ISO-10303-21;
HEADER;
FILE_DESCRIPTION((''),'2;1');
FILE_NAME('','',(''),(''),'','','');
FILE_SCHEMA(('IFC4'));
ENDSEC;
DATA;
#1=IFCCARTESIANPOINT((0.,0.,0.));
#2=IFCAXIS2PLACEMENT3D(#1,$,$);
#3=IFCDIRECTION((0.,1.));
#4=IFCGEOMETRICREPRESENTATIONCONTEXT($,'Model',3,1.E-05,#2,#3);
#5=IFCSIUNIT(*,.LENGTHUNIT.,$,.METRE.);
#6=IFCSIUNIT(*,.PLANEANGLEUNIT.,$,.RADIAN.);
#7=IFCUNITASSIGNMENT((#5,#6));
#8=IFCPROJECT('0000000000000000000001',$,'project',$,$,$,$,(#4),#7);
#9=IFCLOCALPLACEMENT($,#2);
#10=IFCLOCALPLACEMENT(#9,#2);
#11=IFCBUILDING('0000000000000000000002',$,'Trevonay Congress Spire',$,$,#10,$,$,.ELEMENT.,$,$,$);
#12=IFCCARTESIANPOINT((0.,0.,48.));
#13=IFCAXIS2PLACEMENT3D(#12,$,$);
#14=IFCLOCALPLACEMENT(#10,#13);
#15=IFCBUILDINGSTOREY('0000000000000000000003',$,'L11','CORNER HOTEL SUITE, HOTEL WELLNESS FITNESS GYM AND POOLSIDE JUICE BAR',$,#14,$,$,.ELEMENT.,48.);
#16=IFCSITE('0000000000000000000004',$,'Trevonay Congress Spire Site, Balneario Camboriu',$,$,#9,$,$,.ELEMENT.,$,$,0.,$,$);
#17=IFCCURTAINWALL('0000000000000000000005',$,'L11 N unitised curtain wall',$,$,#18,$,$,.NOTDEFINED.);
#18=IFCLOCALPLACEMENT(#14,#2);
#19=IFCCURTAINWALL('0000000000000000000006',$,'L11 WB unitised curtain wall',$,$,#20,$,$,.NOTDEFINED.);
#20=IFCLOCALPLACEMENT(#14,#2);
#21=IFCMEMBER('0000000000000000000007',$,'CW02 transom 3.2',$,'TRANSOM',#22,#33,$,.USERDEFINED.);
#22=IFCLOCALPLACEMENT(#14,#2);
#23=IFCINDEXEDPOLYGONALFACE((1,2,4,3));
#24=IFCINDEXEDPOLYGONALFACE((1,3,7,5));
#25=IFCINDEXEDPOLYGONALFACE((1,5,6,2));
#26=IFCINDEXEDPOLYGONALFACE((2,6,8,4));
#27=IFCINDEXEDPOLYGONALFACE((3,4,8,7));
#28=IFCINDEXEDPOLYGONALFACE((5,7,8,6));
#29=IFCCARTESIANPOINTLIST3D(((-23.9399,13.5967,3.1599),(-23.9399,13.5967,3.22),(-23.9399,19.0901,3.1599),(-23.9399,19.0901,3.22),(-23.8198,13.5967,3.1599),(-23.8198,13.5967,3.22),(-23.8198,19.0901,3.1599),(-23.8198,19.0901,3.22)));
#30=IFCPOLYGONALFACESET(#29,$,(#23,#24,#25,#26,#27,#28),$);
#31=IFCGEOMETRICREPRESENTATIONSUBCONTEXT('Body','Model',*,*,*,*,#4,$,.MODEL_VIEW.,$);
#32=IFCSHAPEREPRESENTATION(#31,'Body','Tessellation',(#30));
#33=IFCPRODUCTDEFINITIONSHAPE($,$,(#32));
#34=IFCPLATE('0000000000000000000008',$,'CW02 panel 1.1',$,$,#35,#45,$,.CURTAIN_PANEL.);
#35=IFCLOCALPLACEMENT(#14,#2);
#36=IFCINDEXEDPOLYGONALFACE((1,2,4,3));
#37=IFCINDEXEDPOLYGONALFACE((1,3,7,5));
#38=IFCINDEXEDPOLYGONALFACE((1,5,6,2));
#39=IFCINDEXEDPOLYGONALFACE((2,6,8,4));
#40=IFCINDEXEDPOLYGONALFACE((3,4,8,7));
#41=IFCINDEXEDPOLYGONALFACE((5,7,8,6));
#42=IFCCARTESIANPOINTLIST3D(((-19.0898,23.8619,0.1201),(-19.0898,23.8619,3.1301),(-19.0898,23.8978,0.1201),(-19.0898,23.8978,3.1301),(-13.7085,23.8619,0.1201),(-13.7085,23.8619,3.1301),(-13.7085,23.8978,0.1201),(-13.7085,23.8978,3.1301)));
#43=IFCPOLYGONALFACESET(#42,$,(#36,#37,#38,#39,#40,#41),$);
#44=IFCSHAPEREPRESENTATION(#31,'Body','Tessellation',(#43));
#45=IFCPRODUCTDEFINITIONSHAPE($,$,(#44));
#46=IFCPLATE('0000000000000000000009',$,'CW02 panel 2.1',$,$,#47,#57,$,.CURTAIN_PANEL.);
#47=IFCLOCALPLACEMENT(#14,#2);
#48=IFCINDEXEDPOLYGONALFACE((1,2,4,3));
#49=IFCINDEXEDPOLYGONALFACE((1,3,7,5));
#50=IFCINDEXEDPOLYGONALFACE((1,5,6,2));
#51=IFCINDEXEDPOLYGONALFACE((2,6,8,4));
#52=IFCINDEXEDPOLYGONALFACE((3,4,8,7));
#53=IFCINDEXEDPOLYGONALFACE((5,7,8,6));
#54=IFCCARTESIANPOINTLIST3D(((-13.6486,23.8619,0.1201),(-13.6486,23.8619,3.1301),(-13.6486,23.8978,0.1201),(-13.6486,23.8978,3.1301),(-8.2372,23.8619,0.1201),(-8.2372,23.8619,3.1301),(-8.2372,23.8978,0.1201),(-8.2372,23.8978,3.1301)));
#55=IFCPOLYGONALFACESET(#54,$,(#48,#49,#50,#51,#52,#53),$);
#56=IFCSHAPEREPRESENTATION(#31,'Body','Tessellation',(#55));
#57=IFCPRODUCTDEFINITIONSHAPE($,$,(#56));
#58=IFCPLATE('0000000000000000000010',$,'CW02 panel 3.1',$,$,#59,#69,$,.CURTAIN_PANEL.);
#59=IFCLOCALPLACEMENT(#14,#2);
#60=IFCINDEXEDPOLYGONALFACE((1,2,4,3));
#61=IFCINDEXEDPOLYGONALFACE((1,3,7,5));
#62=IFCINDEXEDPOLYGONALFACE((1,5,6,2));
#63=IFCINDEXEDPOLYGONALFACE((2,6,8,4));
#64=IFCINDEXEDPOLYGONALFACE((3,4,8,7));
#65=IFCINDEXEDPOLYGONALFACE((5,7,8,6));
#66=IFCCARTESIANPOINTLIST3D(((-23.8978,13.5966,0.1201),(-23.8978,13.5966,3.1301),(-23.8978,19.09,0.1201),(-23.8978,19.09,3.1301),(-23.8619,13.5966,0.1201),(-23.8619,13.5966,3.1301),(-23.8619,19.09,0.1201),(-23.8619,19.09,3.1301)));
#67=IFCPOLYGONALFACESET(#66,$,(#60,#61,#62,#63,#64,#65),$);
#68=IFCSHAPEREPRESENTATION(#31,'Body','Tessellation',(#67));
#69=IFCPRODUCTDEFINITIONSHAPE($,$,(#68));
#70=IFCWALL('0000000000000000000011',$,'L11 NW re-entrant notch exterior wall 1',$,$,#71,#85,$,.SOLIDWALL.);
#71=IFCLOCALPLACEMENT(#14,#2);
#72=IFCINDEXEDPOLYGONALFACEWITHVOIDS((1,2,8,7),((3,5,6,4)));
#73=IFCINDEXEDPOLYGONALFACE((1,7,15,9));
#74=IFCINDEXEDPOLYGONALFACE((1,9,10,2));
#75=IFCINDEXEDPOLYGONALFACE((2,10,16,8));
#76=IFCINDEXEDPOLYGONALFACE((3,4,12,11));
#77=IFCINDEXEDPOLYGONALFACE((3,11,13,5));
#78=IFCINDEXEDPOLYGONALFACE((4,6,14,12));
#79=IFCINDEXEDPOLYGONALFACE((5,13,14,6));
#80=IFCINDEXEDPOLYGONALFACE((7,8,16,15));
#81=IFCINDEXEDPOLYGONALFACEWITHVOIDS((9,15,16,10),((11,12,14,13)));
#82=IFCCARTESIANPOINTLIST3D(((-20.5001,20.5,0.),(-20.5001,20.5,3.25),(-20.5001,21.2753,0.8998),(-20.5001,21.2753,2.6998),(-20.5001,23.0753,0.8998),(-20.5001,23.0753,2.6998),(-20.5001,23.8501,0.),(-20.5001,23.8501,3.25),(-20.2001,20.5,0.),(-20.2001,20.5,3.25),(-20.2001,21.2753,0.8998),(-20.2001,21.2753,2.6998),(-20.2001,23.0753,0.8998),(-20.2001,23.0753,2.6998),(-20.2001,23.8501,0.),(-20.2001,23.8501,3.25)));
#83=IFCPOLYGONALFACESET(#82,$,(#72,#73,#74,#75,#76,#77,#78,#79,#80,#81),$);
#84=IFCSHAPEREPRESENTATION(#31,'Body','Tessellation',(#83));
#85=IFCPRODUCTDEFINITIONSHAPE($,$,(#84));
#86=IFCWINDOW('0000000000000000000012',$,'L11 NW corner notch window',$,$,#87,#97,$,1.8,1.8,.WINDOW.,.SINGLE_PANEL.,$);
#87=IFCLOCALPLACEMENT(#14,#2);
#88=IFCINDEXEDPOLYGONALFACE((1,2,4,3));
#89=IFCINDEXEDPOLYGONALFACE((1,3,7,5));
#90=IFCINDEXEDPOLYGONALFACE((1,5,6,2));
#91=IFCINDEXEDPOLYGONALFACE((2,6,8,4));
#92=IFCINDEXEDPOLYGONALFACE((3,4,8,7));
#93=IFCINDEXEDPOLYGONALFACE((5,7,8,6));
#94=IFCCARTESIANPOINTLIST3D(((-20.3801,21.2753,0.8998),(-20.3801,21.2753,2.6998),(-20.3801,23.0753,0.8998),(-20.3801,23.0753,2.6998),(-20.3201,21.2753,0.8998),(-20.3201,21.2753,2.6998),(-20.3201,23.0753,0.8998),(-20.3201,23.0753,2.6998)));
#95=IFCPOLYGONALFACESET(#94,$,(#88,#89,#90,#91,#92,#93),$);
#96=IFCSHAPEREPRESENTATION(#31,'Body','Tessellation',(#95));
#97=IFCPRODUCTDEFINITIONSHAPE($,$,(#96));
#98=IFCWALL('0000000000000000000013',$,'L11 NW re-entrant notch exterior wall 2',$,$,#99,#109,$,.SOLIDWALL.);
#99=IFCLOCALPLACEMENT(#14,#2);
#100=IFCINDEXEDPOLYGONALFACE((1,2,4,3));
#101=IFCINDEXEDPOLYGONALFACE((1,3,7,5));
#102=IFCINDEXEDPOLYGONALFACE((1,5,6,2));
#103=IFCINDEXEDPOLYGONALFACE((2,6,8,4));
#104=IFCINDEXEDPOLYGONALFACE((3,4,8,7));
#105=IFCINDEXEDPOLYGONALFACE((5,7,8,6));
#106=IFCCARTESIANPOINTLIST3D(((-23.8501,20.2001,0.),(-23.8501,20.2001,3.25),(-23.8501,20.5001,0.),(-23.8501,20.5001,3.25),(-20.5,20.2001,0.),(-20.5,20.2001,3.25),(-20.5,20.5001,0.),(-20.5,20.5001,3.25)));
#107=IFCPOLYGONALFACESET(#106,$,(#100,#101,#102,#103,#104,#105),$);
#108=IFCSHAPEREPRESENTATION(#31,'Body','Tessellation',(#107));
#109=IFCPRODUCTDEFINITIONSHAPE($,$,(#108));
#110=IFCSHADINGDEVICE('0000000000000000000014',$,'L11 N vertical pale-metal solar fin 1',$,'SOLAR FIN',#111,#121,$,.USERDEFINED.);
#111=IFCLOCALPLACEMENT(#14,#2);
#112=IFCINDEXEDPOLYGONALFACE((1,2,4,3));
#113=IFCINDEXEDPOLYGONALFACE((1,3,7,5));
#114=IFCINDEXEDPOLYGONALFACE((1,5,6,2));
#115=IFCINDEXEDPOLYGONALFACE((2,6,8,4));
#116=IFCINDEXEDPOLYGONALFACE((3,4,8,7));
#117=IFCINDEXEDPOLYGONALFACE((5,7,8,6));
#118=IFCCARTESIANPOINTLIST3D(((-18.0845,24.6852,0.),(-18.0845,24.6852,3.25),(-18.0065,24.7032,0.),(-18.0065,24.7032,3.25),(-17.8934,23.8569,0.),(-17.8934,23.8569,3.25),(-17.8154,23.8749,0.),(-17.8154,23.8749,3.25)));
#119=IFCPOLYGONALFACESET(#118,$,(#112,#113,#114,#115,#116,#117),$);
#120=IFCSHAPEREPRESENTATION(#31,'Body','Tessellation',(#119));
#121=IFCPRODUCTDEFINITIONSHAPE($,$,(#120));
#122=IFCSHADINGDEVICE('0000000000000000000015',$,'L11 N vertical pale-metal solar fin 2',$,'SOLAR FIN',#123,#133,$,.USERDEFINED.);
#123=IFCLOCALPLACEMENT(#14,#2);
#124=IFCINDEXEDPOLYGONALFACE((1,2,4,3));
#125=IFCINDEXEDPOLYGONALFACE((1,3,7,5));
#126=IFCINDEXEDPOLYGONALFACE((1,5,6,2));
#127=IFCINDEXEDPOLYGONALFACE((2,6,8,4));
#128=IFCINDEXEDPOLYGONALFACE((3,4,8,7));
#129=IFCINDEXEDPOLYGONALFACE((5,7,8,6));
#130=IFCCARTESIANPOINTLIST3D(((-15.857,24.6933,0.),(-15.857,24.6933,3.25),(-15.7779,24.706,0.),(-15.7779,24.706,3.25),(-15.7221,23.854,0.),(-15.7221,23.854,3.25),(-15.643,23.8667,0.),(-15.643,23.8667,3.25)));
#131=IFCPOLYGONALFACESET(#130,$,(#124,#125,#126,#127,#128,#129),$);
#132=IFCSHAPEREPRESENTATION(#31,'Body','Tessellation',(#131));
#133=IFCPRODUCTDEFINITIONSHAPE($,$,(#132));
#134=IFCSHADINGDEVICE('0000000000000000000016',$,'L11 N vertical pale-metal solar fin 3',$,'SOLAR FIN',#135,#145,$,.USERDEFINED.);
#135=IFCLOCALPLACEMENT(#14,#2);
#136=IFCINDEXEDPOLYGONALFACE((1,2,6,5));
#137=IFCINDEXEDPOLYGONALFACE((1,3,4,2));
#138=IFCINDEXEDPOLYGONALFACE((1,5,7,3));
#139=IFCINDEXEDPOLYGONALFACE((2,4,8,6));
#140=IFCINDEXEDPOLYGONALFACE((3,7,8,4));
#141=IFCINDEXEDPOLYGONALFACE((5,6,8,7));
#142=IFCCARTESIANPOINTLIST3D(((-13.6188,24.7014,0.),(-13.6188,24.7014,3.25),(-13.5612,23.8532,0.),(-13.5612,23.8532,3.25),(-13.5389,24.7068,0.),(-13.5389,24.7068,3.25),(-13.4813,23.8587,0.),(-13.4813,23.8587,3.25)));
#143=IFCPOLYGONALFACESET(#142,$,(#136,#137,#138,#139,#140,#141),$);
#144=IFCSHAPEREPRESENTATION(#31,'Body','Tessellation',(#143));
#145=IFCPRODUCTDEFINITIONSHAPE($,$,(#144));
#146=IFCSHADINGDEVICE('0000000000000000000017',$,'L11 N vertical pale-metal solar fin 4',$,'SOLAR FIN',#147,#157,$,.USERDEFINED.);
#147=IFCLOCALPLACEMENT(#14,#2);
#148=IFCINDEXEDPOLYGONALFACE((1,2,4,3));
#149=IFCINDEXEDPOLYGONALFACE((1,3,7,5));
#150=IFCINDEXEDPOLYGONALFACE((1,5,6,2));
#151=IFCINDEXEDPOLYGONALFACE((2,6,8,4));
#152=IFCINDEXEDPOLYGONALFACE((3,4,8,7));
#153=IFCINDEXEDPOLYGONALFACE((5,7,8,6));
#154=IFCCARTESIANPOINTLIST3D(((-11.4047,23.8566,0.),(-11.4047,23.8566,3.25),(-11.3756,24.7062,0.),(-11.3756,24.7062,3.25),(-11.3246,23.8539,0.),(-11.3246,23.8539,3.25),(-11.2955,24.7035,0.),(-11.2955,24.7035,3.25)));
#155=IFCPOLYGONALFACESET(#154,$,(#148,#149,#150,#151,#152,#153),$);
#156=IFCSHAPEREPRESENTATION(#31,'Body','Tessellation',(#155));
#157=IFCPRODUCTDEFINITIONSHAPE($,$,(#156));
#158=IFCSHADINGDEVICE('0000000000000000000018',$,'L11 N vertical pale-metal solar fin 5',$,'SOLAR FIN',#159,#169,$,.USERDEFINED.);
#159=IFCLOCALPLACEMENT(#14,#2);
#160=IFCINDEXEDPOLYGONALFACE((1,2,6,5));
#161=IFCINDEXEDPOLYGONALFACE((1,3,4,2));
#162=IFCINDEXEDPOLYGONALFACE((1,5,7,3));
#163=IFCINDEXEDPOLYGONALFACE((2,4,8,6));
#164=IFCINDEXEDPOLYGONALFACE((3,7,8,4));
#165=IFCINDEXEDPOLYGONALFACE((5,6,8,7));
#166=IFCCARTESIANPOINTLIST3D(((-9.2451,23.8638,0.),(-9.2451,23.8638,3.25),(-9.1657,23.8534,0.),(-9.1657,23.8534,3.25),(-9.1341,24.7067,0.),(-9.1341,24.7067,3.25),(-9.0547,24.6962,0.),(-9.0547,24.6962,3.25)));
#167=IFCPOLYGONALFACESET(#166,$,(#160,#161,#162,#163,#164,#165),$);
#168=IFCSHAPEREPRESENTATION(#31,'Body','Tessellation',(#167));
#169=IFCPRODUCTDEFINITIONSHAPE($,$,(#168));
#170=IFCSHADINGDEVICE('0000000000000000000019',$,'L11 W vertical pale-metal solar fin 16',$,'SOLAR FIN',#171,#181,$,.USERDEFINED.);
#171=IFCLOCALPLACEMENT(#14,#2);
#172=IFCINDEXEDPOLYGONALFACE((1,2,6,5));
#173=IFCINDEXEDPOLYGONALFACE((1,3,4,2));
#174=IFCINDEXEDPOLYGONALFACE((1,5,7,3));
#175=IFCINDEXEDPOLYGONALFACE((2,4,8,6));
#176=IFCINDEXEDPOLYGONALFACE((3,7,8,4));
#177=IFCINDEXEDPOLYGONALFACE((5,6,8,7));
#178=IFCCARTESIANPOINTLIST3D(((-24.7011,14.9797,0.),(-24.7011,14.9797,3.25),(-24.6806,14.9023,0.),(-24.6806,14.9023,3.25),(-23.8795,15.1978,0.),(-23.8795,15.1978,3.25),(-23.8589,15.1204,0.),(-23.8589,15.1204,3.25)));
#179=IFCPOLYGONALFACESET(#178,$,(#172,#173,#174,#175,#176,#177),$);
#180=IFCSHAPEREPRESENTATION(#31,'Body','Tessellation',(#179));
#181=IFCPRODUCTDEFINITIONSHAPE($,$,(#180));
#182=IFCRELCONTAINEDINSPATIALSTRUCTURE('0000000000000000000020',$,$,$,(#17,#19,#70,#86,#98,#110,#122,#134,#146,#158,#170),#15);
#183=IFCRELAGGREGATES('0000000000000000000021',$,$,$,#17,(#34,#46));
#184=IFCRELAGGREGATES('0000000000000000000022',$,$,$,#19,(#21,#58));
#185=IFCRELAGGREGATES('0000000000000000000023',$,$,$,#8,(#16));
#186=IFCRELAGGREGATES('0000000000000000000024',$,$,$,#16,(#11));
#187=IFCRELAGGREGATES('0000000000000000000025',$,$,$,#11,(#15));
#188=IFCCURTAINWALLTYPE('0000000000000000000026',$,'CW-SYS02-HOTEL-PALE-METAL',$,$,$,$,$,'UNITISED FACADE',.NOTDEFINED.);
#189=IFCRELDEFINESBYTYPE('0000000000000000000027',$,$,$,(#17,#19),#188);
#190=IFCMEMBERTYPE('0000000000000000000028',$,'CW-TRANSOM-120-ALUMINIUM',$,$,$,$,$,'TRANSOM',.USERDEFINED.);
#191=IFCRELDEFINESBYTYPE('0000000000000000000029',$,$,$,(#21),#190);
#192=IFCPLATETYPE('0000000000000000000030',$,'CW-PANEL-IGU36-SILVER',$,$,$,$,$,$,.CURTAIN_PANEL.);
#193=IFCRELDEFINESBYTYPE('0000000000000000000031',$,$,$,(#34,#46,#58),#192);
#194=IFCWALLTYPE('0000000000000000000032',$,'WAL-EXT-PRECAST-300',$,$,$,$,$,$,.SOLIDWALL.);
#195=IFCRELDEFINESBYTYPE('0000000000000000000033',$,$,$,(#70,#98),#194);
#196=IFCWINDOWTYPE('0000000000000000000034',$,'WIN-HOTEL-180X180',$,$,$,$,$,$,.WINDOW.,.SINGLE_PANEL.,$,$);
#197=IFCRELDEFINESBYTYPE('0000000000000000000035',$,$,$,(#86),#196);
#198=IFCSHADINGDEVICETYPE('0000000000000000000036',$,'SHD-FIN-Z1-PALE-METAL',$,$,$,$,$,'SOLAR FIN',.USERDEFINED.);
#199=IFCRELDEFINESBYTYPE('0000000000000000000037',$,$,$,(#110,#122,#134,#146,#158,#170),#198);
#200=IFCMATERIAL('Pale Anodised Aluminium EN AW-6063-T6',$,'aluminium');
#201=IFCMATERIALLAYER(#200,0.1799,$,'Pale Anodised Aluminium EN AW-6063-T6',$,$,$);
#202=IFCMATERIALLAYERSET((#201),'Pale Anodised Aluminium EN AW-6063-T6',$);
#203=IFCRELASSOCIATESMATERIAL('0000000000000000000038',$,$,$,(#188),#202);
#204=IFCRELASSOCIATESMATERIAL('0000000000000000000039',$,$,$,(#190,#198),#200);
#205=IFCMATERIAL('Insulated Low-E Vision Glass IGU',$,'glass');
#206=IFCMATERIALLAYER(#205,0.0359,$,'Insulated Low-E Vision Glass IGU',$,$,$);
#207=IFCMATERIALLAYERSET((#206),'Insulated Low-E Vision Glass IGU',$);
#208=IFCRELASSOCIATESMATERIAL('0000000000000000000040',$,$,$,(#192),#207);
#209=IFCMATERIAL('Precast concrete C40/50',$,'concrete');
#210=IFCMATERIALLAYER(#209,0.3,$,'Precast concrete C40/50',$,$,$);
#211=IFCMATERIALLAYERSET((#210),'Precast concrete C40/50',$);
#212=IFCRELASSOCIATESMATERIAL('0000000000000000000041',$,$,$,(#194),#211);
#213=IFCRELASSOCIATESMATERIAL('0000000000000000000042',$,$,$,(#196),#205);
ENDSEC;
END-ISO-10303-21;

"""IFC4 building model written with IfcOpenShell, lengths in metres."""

from ifc_helpers import new_model, si_unit, direction, frame, frame_2d, origin, origin_2d, place, context, subcontext, project, spatial, rectangle, extrude, material, layer, layer_set, material_profile, profile_set, type_object, element, fill, aggregate, save


model = new_model("IFC4")

# Units and contexts
model_context = context("Model", 3, precision=1e-05, world=origin(), true_north=direction((0.0, 1.0)))
body_context = subcontext(model_context, "Body", "Model", "MODEL_VIEW")
ifc_project = project(units=[si_unit("LENGTHUNIT", "METRE"), si_unit("PLANEANGLEUNIT", "RADIAN")], contexts=[model_context])

# Site, building, storey
site_placement = place(None, origin())
site = spatial("IfcSite", under=ifc_project, at=site_placement, Name="Trevonay Congress Spire Site, Balneario Camboriu", CompositionType="ELEMENT", RefElevation=0.0)
building_placement = place(site_placement, origin())
building = spatial("IfcBuilding", under=site, at=building_placement, Name="Trevonay Congress Spire", CompositionType="ELEMENT")
storey_placement = place(building_placement, frame((0.0, 0.0, 48.0)))
storey = spatial("IfcBuildingStorey", under=building, at=storey_placement, Name="L11", Description="CORNER HOTEL SUITE, HOTEL WELLNESS FITNESS GYM AND POOLSIDE JUICE BAR", CompositionType="ELEMENT", Elevation=48.0)

# Curtain wall
ifc_material_1 = material(Name="Pale Anodised Aluminium EN AW-6063-T6", Category="aluminium")
ifc_layer_1 = layer(ifc_material_1, 0.1799, Name="Pale Anodised Aluminium EN AW-6063-T6")
ifc_layer_set_1 = layer_set([ifc_layer_1], Name="Pale Anodised Aluminium EN AW-6063-T6")
curtain_wall_type = type_object("IfcCurtainWallType", Name="CW-SYS02-HOTEL-PALE-METAL", ElementType="UNITISED FACADE", PredefinedType="NOTDEFINED", material=ifc_layer_set_1)
curtain_wall_1_placement = place(storey_placement, origin())
curtain_wall_1 = element("IfcCurtainWall", 1, at=curtain_wall_1_placement, inside=storey, type_object=curtain_wall_type, Name="L11 N unitised curtain wall", PredefinedType="NOTDEFINED")

# Curtain wall
curtain_wall_2_placement = place(storey_placement, origin())
curtain_wall_2 = element("IfcCurtainWall", 2, at=curtain_wall_2_placement, inside=storey, type_object=curtain_wall_type, Name="L11 WB unitised curtain wall", PredefinedType="NOTDEFINED")

# Member
ifc_material_profile_1 = material_profile(ifc_material_1, rectangle(XDim=0.1201, YDim=0.0601, at=origin_2d()), Name="CW-TRANSOM-120-ALUMINIUM")
ifc_profile_set_1 = profile_set([ifc_material_profile_1], Name="Pale Anodised Aluminium EN AW-6063-T6")
member_type_1 = type_object("IfcMemberType", Name="CW-TRANSOM-120-ALUMINIUM", ElementType="TRANSOM", PredefinedType="USERDEFINED", material=ifc_profile_set_1)
member_1_placement = place(storey_placement, frame((-23.8799, 13.5967, 3.1899), z_axis=(0.0, 1.0, 0.0), x_axis=(-1.0, 0.0, 0.0)))
member_1 = element("IfcMember", 3, at=member_1_placement, type_object=member_type_1, Name="CW02 transom 3.2", ObjectType="TRANSOM", PredefinedType="USERDEFINED", context=body_context, shape_type="SweptSolid", body=[
    extrude(rectangle(XDim=0.1201, YDim=0.0601, at=origin_2d()), origin(), (0.0, 0.0, 1.0), 5.4934),
])

# Plates
ifc_material_2 = material(Name="Insulated Low-E Vision Glass IGU", Category="glass")
ifc_layer_2 = layer(ifc_material_2, 0.0359, Name="Insulated Low-E Vision Glass IGU")
ifc_layer_set_2 = layer_set([ifc_layer_2], Name="Insulated Low-E Vision Glass IGU")
plate_type = type_object("IfcPlateType", Name="CW-PANEL-IGU36-SILVER", PredefinedType="CURTAIN_PANEL", material=ifc_layer_set_2)
plate_1_placement = place(storey_placement, frame((-16.3992, 23.8799, 0.1201), z_axis=(0.0, 0.0, 1.0), x_axis=(1.0, 0.0, 0.0)))
plate_1 = element("IfcPlate", 4, at=plate_1_placement, type_object=plate_type, Name="CW02 panel 1.1", PredefinedType="CURTAIN_PANEL", context=body_context, shape_type="SweptSolid", body=[
    extrude(rectangle(XDim=5.3813, YDim=0.0359, at=origin_2d()), origin(), (0.0, 0.0, 1.0), 3.01),
])
plate_2_placement = place(storey_placement, frame((-10.9429, 23.8799, 0.1201), z_axis=(0.0, 0.0, 1.0), x_axis=(1.0, 0.0, 0.0)))
plate_2 = element("IfcPlate", 5, at=plate_2_placement, type_object=plate_type, Name="CW02 panel 2.1", PredefinedType="CURTAIN_PANEL", context=body_context, shape_type="SweptSolid", body=[
    extrude(rectangle(XDim=5.4114, YDim=0.0359, at=origin_2d()), origin(), (0.0, 0.0, 1.0), 3.01),
])
aggregate(curtain_wall_1, [plate_1, plate_2])
plate_3_placement = place(storey_placement, frame((-23.8799, 16.3433, 0.1201), z_axis=(0.0, 0.0, 1.0), x_axis=(0.0, 1.0, 0.0)))
plate_3 = element("IfcPlate", 6, at=plate_3_placement, type_object=plate_type, Name="CW02 panel 3.1", PredefinedType="CURTAIN_PANEL", context=body_context, shape_type="SweptSolid", body=[
    extrude(rectangle(XDim=5.4934, YDim=0.0359, at=origin_2d()), origin(), (0.0, 0.0, 1.0), 3.01),
])
aggregate(curtain_wall_2, [member_1, plate_3])

# Wall, opening, window
ifc_material_3 = material(Name="Precast concrete C40/50", Category="concrete")
ifc_layer_3 = layer(ifc_material_3, 0.3, Name="Precast concrete C40/50")
ifc_layer_set_3 = layer_set([ifc_layer_3], Name="Precast concrete C40/50")
wall_type = type_object("IfcWallType", Name="WAL-EXT-PRECAST-300", PredefinedType="SOLIDWALL", material=ifc_layer_set_3)
wall_1_placement = place(storey_placement, frame((-20.3501, 23.8501, 0.0), z_axis=(0.0, 0.0, 1.0), x_axis=(0.0, -1.0, 0.0)))
wall_1 = element("IfcWall", 7, at=wall_1_placement, inside=storey, type_object=wall_type, Name="L11 NW re-entrant notch exterior wall 1", PredefinedType="SOLIDWALL", context=body_context, shape_type="SweptSolid", body=[
    extrude(rectangle(XDim=3.3501, YDim=0.3, at=frame_2d((1.675, 0.0))), origin(), (0.0, 0.0, 1.0), 3.25),
])
opening_placement = place(wall_1_placement, frame((0.7749, 0.0, 0.8999)))
opening = element("IfcOpeningElement", 8, at=opening_placement, cuts=wall_1, PredefinedType="OPENING", context=body_context, shape_type="SweptSolid", body=[
    extrude(rectangle(XDim=1.8, YDim=1.8, at=frame_2d((0.8999, 0.8999))), frame((0.0, 0.1602, 0.0), z_axis=(0.0, -1.0, 0.0), x_axis=(1.0, 0.0, 0.0)), (0.0, 0.0, 1.0), 0.3201),
])
window_type = type_object("IfcWindowType", Name="WIN-HOTEL-180X180", PartitioningType="SINGLE_PANEL", PredefinedType="WINDOW", material=ifc_material_2)
window_placement = place(opening_placement, origin())
window = element("IfcWindow", 9, at=window_placement, inside=storey, type_object=window_type, Name="L11 NW corner notch window", OverallHeight=1.8, OverallWidth=1.8, PartitioningType="SINGLE_PANEL", PredefinedType="WINDOW", context=body_context, shape_type="SweptSolid", body=[
    extrude(rectangle(XDim=1.8, YDim=1.8, at=frame_2d((0.8999, 0.8999))), frame((0.0, 0.03, 0.0), z_axis=(0.0, -1.0, 0.0), x_axis=(1.0, 0.0, 0.0)), (0.0, 0.0, 1.0), 0.0601),
])
fill(opening, window)

# Wall
wall_2_placement = place(storey_placement, frame((-23.8501, 20.3501, 0.0), z_axis=(0.0, 0.0, 1.0), x_axis=(1.0, 0.0, 0.0)))
element("IfcWall", 10, at=wall_2_placement, inside=storey, type_object=wall_type, Name="L11 NW re-entrant notch exterior wall 2", PredefinedType="SOLIDWALL", context=body_context, shape_type="SweptSolid", body=[
    extrude(rectangle(XDim=3.3501, YDim=0.3, at=frame_2d((1.675, 0.0))), origin(), (0.0, 0.0, 1.0), 3.25),
])

# Shading devices
shading_device_type = type_object("IfcShadingDeviceType", Name="SHD-FIN-Z1-PALE-METAL", ElementType="SOLAR FIN", PredefinedType="USERDEFINED", material=ifc_material_1)
for number, where, z_axis, x_axis, name in (
    (11, (-17.95, 24.28, 0.0), (0.0, 0.0, 1.0), (0.974409, 0.224781, 0.0), "L11 N vertical pale-metal solar fin 1"),
    (12, (-15.75, 24.28, 0.0), (0.0, 0.0, 1.0), (0.987331, 0.158675, 0.0), "L11 N vertical pale-metal solar fin 2"),
    (13, (-13.55, 24.28, 0.0), (0.0, 0.0, 1.0), (0.997708, 0.067667, 0.0), "L11 N vertical pale-metal solar fin 3"),
    (14, (-11.3501, 24.28, 0.0), (0.0, 0.0, 1.0), (0.999415, -0.034202, 0.0), "L11 N vertical pale-metal solar fin 4"),
    (15, (-9.1499, 24.28, 0.0), (0.0, 0.0, 1.0), (0.991445, -0.130526, 0.0), "L11 N vertical pale-metal solar fin 5"),
    (16, (-24.28, 15.05, 0.0), (0.0, 0.0, 1.0), (-0.256627, 0.966511, 0.0), "L11 W vertical pale-metal solar fin 16"),
):
    element("IfcShadingDevice", number, at=place(storey_placement, frame(where, z_axis=z_axis, x_axis=x_axis)), inside=storey, type_object=shading_device_type, Name=name, ObjectType="SOLAR FIN", PredefinedType="USERDEFINED", context=body_context, shape_type="SweptSolid", body=[
        extrude(rectangle(XDim=0.0801, YDim=0.8501, at=origin_2d()), origin(), (0.0, 0.0, 1.0), 3.25),
    ])

save(model, "model.ifc")
